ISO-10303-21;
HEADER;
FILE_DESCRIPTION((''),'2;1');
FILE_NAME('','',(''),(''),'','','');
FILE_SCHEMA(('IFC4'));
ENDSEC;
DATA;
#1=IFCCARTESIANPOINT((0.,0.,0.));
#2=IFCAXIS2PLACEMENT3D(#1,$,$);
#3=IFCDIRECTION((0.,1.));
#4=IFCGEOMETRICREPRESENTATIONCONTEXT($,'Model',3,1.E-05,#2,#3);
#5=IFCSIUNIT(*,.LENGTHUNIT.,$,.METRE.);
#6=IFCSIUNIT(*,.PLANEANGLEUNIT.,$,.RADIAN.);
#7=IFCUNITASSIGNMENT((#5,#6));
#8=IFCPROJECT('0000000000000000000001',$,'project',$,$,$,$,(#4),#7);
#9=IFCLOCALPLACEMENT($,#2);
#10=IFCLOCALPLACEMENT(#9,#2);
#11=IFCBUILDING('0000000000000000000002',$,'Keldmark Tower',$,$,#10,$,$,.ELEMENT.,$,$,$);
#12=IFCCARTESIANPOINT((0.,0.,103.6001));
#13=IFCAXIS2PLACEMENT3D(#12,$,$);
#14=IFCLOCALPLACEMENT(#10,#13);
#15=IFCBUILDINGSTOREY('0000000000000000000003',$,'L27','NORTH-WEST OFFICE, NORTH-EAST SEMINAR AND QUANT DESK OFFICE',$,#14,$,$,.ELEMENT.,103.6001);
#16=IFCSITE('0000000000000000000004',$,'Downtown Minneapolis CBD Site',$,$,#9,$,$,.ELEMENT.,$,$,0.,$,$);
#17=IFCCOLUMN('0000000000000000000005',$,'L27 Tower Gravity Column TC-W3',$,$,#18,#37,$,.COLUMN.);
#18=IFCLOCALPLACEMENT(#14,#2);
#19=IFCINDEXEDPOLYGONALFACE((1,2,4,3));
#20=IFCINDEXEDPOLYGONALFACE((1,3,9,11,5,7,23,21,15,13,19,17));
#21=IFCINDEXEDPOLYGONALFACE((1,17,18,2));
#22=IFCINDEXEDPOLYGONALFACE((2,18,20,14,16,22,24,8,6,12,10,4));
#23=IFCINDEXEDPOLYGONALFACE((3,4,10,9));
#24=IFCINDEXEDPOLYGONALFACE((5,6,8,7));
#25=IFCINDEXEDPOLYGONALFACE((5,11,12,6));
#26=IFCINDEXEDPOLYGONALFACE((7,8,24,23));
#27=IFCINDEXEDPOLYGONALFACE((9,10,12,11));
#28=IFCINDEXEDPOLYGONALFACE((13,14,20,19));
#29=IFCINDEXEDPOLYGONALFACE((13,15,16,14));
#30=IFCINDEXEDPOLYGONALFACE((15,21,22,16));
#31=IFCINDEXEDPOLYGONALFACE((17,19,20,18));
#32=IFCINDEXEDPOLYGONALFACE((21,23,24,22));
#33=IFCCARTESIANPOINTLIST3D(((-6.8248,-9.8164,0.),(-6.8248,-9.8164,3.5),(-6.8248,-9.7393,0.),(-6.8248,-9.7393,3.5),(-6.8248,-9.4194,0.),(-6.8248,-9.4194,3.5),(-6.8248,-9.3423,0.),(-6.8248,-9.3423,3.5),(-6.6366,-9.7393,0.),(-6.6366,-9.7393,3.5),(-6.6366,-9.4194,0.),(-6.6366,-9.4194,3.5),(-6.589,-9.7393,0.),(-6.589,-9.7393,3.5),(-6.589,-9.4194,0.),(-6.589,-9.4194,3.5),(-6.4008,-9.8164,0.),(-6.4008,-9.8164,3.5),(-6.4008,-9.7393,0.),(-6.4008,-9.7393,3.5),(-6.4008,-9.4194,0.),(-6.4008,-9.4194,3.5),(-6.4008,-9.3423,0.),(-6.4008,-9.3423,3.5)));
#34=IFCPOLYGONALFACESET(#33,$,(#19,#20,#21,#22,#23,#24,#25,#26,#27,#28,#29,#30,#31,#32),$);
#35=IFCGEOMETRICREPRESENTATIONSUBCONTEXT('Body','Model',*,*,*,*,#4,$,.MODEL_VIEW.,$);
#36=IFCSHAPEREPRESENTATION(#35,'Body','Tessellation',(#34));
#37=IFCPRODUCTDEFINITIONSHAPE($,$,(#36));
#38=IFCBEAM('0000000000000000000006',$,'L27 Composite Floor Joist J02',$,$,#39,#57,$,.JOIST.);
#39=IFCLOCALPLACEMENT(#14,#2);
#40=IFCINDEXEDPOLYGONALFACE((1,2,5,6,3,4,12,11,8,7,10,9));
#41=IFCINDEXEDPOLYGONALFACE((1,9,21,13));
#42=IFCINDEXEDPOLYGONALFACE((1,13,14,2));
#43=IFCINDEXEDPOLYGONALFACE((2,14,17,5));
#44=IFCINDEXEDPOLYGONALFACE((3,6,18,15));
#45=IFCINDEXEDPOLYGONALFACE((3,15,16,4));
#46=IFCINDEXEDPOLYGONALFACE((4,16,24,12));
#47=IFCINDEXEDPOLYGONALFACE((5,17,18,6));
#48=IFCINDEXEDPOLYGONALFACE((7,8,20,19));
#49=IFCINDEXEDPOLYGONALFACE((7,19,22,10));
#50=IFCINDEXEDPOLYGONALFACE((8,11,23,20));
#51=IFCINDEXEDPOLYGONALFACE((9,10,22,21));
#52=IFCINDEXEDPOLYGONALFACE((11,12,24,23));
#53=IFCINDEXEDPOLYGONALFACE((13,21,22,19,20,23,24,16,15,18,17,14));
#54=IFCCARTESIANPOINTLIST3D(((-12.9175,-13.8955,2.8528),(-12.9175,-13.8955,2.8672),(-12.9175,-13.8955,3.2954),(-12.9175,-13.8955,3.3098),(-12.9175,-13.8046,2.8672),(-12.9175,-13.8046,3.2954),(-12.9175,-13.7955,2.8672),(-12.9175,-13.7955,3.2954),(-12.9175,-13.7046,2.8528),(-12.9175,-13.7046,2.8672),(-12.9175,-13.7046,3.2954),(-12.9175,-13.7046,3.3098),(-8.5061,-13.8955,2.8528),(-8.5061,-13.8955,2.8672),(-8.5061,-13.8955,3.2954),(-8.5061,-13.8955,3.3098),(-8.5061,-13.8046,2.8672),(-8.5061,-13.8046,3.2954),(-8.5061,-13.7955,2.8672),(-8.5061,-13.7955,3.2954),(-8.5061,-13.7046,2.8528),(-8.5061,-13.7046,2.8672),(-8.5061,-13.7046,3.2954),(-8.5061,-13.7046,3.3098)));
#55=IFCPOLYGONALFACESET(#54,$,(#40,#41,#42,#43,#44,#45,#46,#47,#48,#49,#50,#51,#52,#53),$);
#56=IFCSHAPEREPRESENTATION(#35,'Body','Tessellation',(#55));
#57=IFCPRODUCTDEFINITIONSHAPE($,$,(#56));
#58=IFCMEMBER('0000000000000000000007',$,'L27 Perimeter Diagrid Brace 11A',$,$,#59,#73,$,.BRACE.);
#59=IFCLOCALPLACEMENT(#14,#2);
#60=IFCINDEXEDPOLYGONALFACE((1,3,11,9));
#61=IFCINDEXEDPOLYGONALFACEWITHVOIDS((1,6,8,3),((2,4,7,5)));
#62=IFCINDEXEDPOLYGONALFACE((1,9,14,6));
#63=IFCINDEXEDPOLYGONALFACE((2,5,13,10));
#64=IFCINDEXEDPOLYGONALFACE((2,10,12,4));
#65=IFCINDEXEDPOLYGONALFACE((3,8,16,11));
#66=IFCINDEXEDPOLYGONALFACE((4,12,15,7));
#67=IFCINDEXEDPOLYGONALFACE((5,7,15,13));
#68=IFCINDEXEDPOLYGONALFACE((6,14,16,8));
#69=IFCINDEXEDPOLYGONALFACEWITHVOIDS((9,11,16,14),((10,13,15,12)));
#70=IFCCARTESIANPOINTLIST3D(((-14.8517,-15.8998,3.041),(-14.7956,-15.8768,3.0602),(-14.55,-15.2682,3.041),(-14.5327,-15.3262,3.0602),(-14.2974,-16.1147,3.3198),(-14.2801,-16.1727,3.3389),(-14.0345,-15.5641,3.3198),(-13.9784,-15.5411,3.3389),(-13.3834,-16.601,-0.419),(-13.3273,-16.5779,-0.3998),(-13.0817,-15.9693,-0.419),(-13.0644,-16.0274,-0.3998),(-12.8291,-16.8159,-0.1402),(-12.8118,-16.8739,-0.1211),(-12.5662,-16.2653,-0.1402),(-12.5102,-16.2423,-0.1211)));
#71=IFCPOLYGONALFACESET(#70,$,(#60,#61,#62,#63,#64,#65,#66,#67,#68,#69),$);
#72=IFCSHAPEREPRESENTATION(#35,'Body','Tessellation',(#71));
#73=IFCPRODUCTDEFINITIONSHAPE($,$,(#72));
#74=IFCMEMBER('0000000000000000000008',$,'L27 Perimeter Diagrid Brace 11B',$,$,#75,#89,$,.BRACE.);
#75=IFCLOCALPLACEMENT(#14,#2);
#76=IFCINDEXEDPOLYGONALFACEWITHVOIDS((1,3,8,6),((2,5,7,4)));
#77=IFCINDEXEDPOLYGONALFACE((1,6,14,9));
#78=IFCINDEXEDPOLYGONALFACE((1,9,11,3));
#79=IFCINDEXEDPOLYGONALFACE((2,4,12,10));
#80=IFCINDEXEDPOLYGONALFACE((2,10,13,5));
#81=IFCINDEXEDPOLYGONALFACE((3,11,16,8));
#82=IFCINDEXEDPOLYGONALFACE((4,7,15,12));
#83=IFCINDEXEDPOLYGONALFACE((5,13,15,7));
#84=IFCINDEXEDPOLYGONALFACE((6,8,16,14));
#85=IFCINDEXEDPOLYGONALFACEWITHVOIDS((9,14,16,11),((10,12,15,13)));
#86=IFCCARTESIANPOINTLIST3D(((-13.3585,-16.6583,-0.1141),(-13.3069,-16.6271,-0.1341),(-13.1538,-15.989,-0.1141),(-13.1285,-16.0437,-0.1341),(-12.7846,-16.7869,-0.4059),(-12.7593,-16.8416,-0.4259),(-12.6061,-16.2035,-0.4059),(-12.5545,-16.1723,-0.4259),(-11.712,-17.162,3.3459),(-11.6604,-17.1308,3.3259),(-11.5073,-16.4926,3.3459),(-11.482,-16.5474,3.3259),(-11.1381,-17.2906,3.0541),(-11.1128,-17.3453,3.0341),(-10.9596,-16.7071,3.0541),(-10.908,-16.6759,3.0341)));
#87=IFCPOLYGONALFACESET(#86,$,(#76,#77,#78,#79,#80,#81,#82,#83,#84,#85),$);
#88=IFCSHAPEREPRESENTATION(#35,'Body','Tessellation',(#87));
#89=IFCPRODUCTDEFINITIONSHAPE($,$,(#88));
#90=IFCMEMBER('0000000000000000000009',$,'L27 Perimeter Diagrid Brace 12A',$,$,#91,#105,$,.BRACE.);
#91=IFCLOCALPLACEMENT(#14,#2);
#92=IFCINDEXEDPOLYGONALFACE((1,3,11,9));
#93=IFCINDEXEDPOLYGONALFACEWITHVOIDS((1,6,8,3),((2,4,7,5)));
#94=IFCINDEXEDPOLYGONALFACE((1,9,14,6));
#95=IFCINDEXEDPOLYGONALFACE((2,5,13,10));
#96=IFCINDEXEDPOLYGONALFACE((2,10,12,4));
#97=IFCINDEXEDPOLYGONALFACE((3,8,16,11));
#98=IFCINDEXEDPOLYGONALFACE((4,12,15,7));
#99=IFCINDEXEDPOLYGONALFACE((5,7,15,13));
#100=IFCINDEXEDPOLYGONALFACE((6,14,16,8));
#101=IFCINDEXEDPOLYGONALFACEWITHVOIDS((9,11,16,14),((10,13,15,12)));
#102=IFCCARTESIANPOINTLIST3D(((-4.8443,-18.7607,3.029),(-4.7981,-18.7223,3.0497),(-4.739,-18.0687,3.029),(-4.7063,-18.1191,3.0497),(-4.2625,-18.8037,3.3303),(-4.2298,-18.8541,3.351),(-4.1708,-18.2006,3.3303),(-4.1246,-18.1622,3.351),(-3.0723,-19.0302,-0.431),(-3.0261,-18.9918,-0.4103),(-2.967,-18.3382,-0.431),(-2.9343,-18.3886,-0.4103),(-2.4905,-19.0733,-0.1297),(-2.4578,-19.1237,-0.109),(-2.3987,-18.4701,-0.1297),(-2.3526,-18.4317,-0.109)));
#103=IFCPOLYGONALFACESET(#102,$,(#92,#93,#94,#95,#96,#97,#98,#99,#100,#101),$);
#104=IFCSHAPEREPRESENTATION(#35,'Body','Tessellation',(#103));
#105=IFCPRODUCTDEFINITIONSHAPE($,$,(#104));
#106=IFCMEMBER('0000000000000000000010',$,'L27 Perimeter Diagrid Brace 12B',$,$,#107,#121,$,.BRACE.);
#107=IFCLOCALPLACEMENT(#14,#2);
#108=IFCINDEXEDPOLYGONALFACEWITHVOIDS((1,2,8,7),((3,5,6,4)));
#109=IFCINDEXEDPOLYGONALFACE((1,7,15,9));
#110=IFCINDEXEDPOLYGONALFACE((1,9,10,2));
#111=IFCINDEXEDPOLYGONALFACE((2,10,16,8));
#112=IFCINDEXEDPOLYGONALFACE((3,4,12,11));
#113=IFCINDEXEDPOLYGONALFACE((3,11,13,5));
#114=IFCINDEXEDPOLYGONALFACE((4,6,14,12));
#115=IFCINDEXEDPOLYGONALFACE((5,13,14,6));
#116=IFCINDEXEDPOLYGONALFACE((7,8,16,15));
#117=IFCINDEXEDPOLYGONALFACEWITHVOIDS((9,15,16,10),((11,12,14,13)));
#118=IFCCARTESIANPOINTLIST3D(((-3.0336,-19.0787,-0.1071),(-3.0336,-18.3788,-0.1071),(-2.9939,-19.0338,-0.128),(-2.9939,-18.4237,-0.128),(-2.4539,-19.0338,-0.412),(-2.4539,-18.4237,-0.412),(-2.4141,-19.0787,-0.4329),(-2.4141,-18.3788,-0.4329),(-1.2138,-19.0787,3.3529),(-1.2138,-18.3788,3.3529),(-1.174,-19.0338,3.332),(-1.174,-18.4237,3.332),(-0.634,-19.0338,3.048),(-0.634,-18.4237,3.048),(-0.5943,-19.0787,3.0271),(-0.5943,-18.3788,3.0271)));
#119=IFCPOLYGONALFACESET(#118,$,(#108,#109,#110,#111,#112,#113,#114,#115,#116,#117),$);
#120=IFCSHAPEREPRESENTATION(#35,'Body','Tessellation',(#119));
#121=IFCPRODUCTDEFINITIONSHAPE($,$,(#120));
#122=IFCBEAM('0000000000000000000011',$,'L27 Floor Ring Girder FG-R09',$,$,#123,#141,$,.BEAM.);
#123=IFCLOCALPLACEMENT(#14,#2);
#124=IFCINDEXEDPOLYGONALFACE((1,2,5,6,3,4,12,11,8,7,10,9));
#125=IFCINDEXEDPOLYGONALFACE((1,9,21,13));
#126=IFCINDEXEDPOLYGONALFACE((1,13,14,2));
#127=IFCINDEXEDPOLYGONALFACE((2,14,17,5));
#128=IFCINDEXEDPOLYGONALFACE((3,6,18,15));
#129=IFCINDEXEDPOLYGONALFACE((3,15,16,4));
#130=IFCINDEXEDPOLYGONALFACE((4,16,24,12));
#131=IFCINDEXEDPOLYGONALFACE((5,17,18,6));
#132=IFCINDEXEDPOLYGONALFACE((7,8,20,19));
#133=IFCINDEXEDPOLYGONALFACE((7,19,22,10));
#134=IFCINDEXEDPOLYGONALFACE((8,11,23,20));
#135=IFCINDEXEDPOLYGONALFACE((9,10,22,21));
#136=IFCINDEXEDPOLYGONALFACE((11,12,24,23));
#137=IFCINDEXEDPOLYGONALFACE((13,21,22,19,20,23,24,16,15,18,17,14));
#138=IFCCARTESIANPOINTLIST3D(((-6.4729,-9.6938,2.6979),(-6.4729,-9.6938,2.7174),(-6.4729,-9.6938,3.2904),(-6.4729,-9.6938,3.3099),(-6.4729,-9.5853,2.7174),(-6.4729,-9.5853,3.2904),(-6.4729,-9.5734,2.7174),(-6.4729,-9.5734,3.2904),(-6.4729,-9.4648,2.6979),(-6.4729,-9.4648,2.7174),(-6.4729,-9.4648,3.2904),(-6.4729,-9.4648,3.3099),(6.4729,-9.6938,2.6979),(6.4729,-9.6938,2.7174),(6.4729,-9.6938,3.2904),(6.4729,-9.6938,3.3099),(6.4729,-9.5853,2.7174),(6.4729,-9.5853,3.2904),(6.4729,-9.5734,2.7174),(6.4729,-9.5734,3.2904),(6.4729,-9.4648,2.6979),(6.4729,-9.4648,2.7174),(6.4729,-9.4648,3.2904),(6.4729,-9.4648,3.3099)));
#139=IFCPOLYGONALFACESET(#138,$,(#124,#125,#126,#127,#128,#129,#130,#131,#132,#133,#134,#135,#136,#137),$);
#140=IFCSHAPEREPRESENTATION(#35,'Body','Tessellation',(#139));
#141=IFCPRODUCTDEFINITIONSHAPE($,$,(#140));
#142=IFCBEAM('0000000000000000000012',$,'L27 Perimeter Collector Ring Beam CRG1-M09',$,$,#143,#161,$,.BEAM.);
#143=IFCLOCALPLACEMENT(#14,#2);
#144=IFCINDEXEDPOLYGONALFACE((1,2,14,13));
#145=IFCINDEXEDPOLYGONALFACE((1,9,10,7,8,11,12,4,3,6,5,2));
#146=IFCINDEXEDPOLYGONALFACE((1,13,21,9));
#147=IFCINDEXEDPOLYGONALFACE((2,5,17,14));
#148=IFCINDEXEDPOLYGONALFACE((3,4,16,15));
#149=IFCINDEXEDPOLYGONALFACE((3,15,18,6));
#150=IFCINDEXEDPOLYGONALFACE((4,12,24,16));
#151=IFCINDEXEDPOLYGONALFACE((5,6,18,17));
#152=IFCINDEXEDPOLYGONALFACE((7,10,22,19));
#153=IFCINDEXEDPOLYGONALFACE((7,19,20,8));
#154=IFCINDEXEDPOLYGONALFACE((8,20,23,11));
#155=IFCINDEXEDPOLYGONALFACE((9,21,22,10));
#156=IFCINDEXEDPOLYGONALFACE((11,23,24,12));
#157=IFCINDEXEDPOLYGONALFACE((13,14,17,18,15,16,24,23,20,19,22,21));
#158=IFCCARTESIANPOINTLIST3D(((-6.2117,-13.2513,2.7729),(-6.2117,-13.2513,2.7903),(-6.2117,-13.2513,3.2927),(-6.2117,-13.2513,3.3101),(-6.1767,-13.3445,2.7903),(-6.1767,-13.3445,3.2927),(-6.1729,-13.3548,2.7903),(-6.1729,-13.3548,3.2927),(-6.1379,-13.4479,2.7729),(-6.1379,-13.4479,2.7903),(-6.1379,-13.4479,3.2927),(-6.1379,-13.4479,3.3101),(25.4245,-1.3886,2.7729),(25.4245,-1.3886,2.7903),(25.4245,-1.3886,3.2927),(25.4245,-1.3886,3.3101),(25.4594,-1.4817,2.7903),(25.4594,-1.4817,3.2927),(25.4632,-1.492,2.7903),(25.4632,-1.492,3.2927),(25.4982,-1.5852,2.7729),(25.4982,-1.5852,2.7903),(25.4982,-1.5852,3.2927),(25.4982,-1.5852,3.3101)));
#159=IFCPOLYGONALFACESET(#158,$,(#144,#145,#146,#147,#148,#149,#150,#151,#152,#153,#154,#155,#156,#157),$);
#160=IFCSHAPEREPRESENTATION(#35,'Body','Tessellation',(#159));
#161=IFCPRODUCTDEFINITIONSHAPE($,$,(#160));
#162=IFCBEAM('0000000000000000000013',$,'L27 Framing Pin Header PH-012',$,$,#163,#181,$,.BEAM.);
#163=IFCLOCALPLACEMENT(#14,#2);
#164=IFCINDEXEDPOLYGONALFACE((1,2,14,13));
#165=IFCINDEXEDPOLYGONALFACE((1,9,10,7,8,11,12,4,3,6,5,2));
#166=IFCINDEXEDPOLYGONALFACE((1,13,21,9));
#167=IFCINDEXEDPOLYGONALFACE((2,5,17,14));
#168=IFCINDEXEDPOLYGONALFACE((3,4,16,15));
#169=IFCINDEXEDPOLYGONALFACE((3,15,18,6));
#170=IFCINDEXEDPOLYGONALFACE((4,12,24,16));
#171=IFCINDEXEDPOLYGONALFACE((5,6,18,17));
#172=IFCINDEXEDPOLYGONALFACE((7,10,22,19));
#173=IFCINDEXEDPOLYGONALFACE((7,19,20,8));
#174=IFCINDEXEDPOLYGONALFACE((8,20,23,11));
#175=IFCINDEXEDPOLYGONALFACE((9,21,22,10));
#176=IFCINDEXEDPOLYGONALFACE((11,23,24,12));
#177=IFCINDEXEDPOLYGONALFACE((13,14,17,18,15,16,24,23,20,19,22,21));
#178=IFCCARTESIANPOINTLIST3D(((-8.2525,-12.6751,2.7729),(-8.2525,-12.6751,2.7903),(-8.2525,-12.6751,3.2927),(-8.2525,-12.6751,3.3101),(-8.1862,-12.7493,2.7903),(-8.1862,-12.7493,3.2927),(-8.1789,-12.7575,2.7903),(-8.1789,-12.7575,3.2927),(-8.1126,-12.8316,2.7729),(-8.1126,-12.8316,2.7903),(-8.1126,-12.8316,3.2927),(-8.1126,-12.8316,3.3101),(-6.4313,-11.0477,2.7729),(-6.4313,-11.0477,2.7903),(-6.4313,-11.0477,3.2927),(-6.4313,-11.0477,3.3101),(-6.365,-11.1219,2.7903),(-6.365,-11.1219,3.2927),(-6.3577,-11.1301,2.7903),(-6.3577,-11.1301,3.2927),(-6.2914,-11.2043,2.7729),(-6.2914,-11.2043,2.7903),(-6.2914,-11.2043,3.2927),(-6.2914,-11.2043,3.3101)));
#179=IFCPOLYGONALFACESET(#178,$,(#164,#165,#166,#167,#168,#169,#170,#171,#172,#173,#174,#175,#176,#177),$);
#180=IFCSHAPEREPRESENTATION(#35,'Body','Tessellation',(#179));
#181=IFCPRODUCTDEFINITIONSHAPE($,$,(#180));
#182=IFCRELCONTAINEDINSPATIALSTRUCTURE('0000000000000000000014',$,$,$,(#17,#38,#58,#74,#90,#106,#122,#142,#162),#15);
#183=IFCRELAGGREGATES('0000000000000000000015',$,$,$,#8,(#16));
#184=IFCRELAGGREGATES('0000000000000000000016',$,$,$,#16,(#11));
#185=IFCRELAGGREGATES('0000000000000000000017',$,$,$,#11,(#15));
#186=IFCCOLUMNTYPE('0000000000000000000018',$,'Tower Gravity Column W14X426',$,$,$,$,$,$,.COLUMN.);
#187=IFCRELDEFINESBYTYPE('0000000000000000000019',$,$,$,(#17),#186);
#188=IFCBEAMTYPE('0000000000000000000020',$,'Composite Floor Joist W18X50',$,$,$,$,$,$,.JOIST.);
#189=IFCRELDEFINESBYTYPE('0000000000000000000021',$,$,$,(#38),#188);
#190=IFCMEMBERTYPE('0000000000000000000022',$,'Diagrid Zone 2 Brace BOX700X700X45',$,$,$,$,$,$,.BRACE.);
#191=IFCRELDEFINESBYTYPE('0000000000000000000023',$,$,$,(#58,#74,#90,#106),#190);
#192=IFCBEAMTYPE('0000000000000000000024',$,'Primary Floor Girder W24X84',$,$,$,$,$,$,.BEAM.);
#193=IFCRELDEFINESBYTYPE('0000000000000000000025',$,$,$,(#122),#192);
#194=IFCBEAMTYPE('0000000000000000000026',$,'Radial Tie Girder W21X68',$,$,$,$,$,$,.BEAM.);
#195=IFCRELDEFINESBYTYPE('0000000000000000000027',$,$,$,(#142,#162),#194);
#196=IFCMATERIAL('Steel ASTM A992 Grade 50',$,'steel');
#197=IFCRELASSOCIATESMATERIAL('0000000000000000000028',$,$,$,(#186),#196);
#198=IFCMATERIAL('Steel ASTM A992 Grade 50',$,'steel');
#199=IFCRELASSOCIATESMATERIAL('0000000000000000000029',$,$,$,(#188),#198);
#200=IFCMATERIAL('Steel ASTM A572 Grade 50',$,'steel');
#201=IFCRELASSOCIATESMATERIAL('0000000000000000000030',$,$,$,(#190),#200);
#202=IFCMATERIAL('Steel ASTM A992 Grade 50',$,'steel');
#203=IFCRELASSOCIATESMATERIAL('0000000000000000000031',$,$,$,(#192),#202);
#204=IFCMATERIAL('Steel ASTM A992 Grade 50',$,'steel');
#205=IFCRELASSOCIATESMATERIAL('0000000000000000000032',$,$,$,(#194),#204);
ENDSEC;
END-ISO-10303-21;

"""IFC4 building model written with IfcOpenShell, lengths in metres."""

from ifc_helpers import new_model, si_unit, direction, frame, origin, origin_2d, place, context, subcontext, project, spatial, hollow_rectangle, i_section, extrude, material, material_profile, profile_set, type_object, element, save


model = new_model("IFC4")

# Units and contexts
model_context = context("Model", 3, precision=1e-05, world=origin(), true_north=direction((0.0, 1.0)))
body_context = subcontext(model_context, "Body", "Model", "MODEL_VIEW")
ifc_project = project(units=[si_unit("LENGTHUNIT", "METRE"), si_unit("PLANEANGLEUNIT", "RADIAN")], contexts=[model_context])

# Site, building, storey
site_placement = place(None, origin())
site = spatial("IfcSite", under=ifc_project, at=site_placement, Name="Downtown Minneapolis CBD Site", CompositionType="ELEMENT", RefElevation=0.0)
building_placement = place(site_placement, origin())
building = spatial("IfcBuilding", under=site, at=building_placement, Name="Keldmark Tower", CompositionType="ELEMENT")
storey_placement = place(building_placement, frame((0.0, 0.0, 103.6001)))
storey = spatial("IfcBuildingStorey", under=building, at=storey_placement, Name="L27", Description="NORTH-WEST OFFICE, NORTH-EAST SEMINAR AND QUANT DESK OFFICE", CompositionType="ELEMENT", Elevation=103.6001)

# Column
ifc_material_1 = material(Name="Steel ASTM A992 Grade 50", Category="steel")
ifc_material_profile_1 = material_profile(ifc_material_1, i_section(OverallWidth=0.4241, OverallDepth=0.4741, WebThickness=0.0476, FlangeThickness=0.0771, at=origin_2d()), Name="W14X426")
ifc_profile_set_1 = profile_set([ifc_material_profile_1], Name="Steel ASTM A992 Grade 50")
column_type = type_object("IfcColumnType", Name="Tower Gravity Column W14X426", PredefinedType="COLUMN", material=ifc_profile_set_1)
column_placement = place(storey_placement, frame((-6.6128, -9.5793, 0.0), z_axis=(0.0, 0.0, 1.0), x_axis=(1.0, 0.0, 0.0)))
element("IfcColumn", 1, at=column_placement, inside=storey, type_object=column_type, Name="L27 Tower Gravity Column TC-W3", PredefinedType="COLUMN", context=body_context, shape_type="SweptSolid", body=[
    extrude(i_section(OverallWidth=0.4241, OverallDepth=0.4741, WebThickness=0.0476, FlangeThickness=0.0771, at=origin_2d()), origin(), (0.0, 0.0, 1.0), 3.5),
])

# Beam
ifc_material_2 = material(Name="Steel ASTM A992 Grade 50", Category="steel")
ifc_material_profile_2 = material_profile(ifc_material_2, i_section(OverallWidth=0.1909, OverallDepth=0.457, WebThickness=0.009, FlangeThickness=0.0144, at=origin_2d()), Name="W18X50")
ifc_profile_set_2 = profile_set([ifc_material_profile_2], Name="Steel ASTM A992 Grade 50")
beam_type_1 = type_object("IfcBeamType", Name="Composite Floor Joist W18X50", PredefinedType="JOIST", material=ifc_profile_set_2)
beam_1_placement = place(storey_placement, frame((-12.9175, -13.8, 3.0813), z_axis=(1.0, 0.0, 0.0), x_axis=(0.0, 1.0, 0.0)))
element("IfcBeam", 2, at=beam_1_placement, inside=storey, type_object=beam_type_1, Name="L27 Composite Floor Joist J02", PredefinedType="JOIST", context=body_context, shape_type="SweptSolid", body=[
    extrude(i_section(OverallWidth=0.1909, OverallDepth=0.457, WebThickness=0.009, FlangeThickness=0.0144, at=origin_2d()), origin(), (0.0, 0.0, 1.0), 4.4114),
])

# Members
ifc_material_3 = material(Name="Steel ASTM A572 Grade 50", Category="steel")
ifc_material_profile_3 = material_profile(ifc_material_3, hollow_rectangle(XDim=0.7, YDim=0.7, WallThickness=0.0449, at=origin_2d()), Name="BOX700X700X45")
ifc_profile_set_3 = profile_set([ifc_material_profile_3], Name="Steel ASTM A572 Grade 50")
member_type = type_object("IfcMemberType", Name="Diagrid Zone 2 Brace BOX700X700X45", PredefinedType="BRACE", material=ifc_profile_set_3)
member_1_placement = place(storey_placement, frame((-12.9468, -16.4216, -0.27), z_axis=(-0.384015, 0.183387, 0.904932), x_axis=(-0.430935, -0.902383, 0.0)))
element("IfcMember", 3, at=member_1_placement, inside=storey, type_object=member_type, Name="L27 Perimeter Diagrid Brace 11A", PredefinedType="BRACE", context=body_context, shape_type="SweptSolid", body=[
    extrude(hollow_rectangle(XDim=0.7, YDim=0.7, WallThickness=0.0449, at=origin_2d()), origin(), (0.0, 0.0, 1.0), 3.8235),
])
member_2_placement = place(storey_placement, frame((-12.9565, -16.4153, -0.27), z_axis=(0.426031, -0.130324, 0.895273), x_axis=(0.292521, 0.956259, 0.0)))
element("IfcMember", 4, at=member_2_placement, inside=storey, type_object=member_type, Name="L27 Perimeter Diagrid Brace 11B", PredefinedType="BRACE", context=body_context, shape_type="SweptSolid", body=[
    extrude(hollow_rectangle(XDim=0.7, YDim=0.7, WallThickness=0.0449, at=origin_2d()), origin(), (0.0, 0.0, 1.0), 3.8647),
])
member_3_placement = place(storey_placement, frame((-2.7124, -18.731, -0.27), z_axis=(-0.454743, 0.06917, 0.887933), x_axis=(-0.150378, -0.988629, 0.0)))
element("IfcMember", 5, at=member_3_placement, inside=storey, type_object=member_type, Name="L27 Perimeter Diagrid Brace 12A", PredefinedType="BRACE", context=body_context, shape_type="SweptSolid", body=[
    extrude(hollow_rectangle(XDim=0.7, YDim=0.7, WallThickness=0.0449, at=origin_2d()), origin(), (0.0, 0.0, 1.0), 3.8967),
])
member_4_placement = place(storey_placement, frame((-2.7239, -18.7288, -0.27), z_axis=(0.465504, 0.0, 0.885046), x_axis=(0.0, 1.0, 0.0)))
element("IfcMember", 6, at=member_4_placement, inside=storey, type_object=member_type, Name="L27 Perimeter Diagrid Brace 12B", PredefinedType="BRACE", context=body_context, shape_type="SweptSolid", body=[
    extrude(hollow_rectangle(XDim=0.7, YDim=0.7, WallThickness=0.0449, at=origin_2d()), origin(), (0.0, 0.0, 1.0), 3.9094),
])

# Beams
ifc_material_4 = material(Name="Steel ASTM A992 Grade 50", Category="steel")
ifc_material_profile_4 = material_profile(ifc_material_4, i_section(OverallWidth=0.229, OverallDepth=0.6121, WebThickness=0.012, FlangeThickness=0.0195, at=origin_2d()), Name="W24X84")
ifc_profile_set_4 = profile_set([ifc_material_profile_4], Name="Steel ASTM A992 Grade 50")
beam_type_2 = type_object("IfcBeamType", Name="Primary Floor Girder W24X84", PredefinedType="BEAM", material=ifc_profile_set_4)
beam_2_placement = place(storey_placement, frame((-6.4729, -9.5793, 3.0039), z_axis=(1.0, 0.0, 0.0), x_axis=(0.0, 1.0, 0.0)))
element("IfcBeam", 7, at=beam_2_placement, inside=storey, type_object=beam_type_2, Name="L27 Floor Ring Girder FG-R09", PredefinedType="BEAM", context=body_context, shape_type="SweptSolid", body=[
    extrude(i_section(OverallWidth=0.229, OverallDepth=0.6121, WebThickness=0.012, FlangeThickness=0.0195, at=origin_2d()), origin(), (0.0, 0.0, 1.0), 12.9458),
])
ifc_material_5 = material(Name="Steel ASTM A992 Grade 50", Category="steel")
ifc_material_profile_5 = material_profile(ifc_material_5, i_section(OverallWidth=0.21, OverallDepth=0.5371, WebThickness=0.011, FlangeThickness=0.0173, at=origin_2d()), Name="W21X68")
ifc_profile_set_5 = profile_set([ifc_material_profile_5], Name="Steel ASTM A992 Grade 50")
beam_type_3 = type_object("IfcBeamType", Name="Radial Tie Girder W21X68", PredefinedType="BEAM", material=ifc_profile_set_5)
beam_3_placement = place(storey_placement, frame((-6.1748, -13.3496, 3.0415), z_axis=(0.936337, 0.351103, 0.0), x_axis=(-0.351103, 0.936337, 0.0)))
element("IfcBeam", 8, at=beam_3_placement, inside=storey, type_object=beam_type_3, Name="L27 Perimeter Collector Ring Beam CRG1-M09", PredefinedType="BEAM", context=body_context, shape_type="SweptSolid", body=[
    extrude(i_section(OverallWidth=0.21, OverallDepth=0.5371, WebThickness=0.011, FlangeThickness=0.0173, at=origin_2d()), origin(), (0.0, 0.0, 1.0), 33.7871),
])
beam_4_placement = place(storey_placement, frame((-6.3613, -11.126, 3.0415), z_axis=(-0.745675, -0.66631, 0.0), x_axis=(0.66631, -0.745675, 0.0)))
element("IfcBeam", 9, at=beam_4_placement, inside=storey, type_object=beam_type_3, Name="L27 Framing Pin Header PH-012", PredefinedType="BEAM", context=body_context, shape_type="SweptSolid", body=[
    extrude(i_section(OverallWidth=0.21, OverallDepth=0.5371, WebThickness=0.011, FlangeThickness=0.0173, at=origin_2d()), origin(), (0.0, 0.0, 1.0), 2.4424),
])

save(model, "model.ifc")
